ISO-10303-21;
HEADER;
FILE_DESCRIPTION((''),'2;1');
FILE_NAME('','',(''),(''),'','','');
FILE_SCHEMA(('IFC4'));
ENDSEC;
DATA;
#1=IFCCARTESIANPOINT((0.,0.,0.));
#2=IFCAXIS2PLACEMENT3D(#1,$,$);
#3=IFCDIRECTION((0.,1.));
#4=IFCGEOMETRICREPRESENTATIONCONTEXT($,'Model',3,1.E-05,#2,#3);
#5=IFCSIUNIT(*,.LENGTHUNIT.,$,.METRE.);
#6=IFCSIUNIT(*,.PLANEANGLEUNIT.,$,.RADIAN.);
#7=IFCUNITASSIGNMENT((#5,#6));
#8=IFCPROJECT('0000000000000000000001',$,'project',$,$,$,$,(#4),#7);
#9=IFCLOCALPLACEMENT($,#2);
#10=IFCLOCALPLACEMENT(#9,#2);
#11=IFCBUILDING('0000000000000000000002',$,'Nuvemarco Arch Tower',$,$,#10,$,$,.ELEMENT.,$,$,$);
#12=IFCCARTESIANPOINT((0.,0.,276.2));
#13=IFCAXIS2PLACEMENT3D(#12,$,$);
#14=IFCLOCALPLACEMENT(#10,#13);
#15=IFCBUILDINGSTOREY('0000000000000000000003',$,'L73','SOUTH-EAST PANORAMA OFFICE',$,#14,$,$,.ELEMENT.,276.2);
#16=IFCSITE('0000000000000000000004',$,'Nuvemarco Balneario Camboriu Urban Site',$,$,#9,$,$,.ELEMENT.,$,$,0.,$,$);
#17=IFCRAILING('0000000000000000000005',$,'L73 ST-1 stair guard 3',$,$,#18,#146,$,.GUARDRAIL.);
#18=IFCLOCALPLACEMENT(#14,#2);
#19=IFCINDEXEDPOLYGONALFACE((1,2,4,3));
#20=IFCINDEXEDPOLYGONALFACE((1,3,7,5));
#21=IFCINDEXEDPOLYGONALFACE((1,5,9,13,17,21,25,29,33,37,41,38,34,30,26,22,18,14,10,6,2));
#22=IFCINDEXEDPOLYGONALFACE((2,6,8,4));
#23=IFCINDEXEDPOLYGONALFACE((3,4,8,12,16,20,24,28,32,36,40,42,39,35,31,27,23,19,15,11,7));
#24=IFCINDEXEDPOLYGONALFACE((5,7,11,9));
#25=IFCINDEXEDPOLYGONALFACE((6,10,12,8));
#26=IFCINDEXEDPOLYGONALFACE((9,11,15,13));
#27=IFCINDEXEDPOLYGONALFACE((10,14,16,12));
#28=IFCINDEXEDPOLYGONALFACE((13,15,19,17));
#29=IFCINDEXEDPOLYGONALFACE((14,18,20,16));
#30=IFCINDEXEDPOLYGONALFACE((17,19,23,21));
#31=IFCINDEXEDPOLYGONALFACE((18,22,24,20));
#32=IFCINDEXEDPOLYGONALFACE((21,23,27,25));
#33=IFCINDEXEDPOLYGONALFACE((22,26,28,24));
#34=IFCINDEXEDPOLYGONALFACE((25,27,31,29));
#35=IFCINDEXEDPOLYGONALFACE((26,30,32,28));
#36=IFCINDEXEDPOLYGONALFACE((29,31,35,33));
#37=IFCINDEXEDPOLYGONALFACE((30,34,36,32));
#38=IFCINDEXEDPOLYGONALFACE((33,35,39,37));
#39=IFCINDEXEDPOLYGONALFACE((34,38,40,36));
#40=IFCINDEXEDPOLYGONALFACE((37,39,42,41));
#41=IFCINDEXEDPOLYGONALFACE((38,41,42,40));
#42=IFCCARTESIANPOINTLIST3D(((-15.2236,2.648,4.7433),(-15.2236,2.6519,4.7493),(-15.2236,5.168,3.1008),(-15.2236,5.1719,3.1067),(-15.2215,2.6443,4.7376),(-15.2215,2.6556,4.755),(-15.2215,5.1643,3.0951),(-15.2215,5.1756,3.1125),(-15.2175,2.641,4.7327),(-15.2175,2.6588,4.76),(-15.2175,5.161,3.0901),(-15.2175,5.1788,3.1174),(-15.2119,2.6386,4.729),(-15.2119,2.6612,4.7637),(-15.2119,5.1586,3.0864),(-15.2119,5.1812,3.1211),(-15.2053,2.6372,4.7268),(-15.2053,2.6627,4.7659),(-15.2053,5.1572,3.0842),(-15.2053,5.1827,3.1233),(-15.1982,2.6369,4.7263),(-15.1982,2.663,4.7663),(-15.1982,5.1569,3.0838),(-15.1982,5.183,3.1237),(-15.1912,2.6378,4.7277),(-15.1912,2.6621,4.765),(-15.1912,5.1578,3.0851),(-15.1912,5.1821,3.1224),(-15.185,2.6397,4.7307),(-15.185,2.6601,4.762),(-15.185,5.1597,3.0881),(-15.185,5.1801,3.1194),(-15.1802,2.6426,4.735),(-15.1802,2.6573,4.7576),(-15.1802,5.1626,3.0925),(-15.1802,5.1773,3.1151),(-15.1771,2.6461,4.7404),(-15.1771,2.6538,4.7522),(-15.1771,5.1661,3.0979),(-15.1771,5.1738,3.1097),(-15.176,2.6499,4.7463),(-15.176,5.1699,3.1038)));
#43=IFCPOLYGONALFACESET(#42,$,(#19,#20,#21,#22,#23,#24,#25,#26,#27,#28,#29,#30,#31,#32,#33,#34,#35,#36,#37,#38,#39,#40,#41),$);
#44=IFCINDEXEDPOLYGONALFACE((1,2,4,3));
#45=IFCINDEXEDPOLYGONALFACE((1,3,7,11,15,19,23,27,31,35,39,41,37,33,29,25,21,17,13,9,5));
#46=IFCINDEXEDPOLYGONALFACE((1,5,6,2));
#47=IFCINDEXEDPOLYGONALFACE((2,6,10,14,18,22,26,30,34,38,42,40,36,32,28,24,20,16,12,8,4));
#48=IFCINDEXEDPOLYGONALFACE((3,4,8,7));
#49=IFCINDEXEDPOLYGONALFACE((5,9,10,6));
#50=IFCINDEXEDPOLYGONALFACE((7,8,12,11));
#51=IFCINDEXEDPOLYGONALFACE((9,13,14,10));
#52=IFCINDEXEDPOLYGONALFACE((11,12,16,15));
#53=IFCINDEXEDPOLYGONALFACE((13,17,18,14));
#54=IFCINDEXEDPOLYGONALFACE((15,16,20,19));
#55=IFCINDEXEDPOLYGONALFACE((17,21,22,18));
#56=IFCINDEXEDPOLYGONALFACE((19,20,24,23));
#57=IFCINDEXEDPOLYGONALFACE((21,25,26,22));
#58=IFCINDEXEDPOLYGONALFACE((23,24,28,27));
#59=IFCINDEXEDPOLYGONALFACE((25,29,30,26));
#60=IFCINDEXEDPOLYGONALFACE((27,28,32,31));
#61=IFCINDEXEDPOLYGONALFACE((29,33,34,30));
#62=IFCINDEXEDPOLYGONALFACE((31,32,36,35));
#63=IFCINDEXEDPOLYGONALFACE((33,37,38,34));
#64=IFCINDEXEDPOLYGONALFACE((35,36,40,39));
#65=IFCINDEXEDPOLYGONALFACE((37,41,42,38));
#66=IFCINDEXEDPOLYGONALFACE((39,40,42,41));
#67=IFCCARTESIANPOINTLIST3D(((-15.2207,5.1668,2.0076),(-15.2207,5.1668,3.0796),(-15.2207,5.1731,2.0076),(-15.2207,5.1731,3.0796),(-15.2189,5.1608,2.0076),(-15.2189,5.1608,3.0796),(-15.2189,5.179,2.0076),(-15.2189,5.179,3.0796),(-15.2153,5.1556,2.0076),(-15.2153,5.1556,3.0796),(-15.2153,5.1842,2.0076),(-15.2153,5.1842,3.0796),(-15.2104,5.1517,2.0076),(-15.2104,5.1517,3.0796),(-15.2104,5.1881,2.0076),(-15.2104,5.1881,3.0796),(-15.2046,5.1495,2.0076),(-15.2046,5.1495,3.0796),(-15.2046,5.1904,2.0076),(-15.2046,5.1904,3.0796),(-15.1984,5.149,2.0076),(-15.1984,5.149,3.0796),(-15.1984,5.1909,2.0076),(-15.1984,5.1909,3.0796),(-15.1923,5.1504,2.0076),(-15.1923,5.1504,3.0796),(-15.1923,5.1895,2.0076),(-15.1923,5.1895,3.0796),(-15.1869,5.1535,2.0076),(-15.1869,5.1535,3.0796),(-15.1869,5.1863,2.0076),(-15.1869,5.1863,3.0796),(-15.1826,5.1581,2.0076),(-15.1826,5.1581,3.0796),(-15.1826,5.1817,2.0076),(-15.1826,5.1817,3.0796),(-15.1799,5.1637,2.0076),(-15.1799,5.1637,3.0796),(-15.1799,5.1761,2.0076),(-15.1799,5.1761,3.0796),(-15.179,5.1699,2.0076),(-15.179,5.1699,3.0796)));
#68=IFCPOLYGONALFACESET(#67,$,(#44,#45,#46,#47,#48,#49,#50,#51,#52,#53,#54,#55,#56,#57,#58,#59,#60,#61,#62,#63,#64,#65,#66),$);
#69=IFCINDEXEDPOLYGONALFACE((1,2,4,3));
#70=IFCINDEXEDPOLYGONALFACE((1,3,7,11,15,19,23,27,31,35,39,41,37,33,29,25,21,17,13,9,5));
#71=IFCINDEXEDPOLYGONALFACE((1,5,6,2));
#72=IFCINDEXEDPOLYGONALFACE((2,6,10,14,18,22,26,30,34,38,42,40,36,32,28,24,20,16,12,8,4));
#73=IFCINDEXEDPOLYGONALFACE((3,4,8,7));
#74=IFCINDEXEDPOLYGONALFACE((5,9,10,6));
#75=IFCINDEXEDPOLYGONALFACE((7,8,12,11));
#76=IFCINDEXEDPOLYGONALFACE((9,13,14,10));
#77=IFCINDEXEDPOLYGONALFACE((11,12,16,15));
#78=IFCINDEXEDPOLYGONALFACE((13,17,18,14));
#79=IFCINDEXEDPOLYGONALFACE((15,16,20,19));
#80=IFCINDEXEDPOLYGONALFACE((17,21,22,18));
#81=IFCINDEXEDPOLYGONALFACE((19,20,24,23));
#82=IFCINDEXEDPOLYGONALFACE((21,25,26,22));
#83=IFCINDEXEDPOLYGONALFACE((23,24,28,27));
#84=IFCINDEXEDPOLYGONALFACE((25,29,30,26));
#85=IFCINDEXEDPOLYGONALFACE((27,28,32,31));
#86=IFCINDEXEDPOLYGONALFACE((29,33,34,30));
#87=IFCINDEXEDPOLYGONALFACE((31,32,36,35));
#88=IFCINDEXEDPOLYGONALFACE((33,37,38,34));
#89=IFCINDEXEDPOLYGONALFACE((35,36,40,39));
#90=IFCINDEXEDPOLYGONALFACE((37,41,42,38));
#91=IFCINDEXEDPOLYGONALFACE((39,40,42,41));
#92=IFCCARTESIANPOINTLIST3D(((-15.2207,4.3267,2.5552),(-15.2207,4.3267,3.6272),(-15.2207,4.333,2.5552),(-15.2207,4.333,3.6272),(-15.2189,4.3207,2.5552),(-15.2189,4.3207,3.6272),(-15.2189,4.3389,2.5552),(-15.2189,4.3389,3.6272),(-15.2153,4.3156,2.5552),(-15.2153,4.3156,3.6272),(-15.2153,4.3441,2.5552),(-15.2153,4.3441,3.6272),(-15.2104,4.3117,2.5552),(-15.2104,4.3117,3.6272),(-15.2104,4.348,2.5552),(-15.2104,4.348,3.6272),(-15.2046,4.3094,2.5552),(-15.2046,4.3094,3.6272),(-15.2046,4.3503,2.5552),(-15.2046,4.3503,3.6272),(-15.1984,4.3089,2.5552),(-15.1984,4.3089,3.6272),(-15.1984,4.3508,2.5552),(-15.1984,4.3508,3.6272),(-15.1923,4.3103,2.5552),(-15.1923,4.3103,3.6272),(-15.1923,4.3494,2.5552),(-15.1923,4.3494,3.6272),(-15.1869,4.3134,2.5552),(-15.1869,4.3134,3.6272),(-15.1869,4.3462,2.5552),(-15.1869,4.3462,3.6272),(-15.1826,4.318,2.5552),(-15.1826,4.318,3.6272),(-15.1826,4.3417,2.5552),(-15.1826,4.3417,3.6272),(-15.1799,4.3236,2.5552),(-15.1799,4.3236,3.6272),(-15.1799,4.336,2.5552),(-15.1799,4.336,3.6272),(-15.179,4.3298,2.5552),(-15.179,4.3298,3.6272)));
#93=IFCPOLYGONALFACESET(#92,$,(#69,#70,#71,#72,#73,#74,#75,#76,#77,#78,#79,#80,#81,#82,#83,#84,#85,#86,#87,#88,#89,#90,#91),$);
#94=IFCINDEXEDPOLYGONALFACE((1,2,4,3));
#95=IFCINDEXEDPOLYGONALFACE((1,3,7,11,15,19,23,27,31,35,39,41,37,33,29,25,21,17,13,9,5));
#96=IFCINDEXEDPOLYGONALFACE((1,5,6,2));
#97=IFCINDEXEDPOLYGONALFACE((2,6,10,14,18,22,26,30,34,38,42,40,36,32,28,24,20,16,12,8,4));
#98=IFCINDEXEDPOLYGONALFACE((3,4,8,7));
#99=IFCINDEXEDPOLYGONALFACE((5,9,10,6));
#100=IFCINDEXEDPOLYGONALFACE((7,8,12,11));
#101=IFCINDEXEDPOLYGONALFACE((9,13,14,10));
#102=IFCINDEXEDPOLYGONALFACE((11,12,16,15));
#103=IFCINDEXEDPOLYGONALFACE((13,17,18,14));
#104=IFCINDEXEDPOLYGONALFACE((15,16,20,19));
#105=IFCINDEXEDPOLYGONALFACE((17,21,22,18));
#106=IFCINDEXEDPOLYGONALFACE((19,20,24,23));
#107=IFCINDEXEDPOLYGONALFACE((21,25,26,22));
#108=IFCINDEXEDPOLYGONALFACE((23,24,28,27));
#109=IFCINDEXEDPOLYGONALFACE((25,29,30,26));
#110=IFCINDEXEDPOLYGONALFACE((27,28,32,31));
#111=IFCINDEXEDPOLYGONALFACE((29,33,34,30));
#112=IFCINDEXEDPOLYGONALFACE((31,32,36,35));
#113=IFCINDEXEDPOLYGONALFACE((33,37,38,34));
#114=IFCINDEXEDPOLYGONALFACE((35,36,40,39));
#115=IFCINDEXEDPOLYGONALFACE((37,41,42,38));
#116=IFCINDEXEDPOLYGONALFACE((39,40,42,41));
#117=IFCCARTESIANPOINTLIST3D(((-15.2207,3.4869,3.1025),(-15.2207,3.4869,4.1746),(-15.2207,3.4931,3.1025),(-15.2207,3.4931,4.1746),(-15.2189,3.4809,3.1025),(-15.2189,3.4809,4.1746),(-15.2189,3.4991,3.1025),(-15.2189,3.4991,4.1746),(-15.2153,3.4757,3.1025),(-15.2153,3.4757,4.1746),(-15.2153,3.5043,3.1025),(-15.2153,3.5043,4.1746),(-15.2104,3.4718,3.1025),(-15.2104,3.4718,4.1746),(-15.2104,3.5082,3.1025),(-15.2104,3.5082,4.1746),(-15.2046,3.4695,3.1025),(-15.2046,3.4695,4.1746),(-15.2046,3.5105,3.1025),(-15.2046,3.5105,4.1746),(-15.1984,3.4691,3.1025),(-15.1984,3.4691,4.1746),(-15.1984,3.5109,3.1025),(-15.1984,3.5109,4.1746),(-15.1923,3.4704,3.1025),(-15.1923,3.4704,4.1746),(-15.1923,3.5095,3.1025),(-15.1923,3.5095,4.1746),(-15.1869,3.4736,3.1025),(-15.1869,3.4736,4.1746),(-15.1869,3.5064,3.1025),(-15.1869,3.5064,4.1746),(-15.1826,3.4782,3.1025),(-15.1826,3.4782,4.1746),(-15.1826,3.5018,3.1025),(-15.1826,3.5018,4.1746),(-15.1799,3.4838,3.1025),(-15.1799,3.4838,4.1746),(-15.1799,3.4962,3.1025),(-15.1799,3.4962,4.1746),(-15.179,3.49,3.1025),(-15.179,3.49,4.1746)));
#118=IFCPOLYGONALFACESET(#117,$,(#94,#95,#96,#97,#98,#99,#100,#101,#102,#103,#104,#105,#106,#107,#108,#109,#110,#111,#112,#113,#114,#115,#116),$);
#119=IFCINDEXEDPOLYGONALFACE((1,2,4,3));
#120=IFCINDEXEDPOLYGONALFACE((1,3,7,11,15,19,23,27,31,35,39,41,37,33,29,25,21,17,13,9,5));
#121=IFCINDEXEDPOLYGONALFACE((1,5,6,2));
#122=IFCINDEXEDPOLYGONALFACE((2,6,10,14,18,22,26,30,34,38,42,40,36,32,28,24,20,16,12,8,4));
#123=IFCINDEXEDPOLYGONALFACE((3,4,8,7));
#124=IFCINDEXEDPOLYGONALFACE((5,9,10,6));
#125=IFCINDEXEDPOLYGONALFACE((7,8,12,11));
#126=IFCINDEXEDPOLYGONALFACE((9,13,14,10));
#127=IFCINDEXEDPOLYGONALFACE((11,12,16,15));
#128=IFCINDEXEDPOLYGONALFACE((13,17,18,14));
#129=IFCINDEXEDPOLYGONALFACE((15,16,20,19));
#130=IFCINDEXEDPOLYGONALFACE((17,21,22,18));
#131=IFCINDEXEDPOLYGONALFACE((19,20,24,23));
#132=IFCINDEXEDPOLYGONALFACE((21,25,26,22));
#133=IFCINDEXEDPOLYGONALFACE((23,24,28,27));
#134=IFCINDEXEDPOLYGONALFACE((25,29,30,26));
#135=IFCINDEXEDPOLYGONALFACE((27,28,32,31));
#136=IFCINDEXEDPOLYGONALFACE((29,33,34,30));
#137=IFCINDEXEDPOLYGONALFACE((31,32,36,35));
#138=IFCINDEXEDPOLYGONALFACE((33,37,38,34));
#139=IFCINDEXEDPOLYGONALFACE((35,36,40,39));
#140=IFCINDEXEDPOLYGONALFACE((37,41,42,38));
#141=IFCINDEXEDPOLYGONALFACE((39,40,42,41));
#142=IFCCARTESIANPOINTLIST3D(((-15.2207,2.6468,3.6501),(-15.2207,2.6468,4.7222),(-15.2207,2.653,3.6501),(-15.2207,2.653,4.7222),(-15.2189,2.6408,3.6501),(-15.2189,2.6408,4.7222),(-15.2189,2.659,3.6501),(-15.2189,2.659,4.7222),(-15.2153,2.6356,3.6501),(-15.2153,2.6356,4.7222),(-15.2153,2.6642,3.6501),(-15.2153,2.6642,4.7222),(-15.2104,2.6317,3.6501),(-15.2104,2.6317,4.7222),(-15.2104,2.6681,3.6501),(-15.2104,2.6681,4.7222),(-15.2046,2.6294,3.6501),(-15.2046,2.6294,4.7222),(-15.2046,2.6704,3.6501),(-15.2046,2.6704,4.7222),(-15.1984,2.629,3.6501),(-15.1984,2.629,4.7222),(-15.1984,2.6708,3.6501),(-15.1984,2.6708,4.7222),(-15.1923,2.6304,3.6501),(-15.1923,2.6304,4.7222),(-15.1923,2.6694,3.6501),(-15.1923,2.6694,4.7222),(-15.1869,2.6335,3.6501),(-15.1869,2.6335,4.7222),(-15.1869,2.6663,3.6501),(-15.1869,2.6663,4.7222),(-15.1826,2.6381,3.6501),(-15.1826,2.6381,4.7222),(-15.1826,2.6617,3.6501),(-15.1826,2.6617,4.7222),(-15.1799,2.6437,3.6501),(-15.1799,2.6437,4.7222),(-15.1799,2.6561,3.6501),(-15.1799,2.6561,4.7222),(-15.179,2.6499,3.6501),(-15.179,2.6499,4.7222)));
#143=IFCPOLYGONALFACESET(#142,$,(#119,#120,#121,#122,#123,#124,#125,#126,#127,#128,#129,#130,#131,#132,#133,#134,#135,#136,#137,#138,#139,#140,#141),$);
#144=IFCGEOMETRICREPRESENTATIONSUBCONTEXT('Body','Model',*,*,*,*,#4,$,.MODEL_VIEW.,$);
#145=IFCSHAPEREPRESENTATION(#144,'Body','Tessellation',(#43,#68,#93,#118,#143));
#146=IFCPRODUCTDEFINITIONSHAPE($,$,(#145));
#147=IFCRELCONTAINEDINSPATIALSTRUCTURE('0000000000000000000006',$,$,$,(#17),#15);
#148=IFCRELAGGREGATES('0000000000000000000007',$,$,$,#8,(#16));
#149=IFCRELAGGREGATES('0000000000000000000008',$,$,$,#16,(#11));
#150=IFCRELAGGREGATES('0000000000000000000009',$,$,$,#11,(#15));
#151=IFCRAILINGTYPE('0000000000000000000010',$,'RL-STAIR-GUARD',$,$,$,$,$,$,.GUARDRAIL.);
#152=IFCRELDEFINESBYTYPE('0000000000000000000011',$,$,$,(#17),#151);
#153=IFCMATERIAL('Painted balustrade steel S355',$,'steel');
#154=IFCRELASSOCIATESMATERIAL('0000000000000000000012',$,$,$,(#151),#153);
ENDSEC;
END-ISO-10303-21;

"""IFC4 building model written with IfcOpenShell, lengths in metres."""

from ifc_helpers import new_model, si_unit, direction, frame, origin, origin_2d, place, context, subcontext, project, spatial, circle, extrude, material, type_object, element, save


model = new_model("IFC4")

# Units and contexts
model_context = context("Model", 3, precision=1e-05, world=origin(), true_north=direction((0.0, 1.0)))
body_context = subcontext(model_context, "Body", "Model", "MODEL_VIEW")
ifc_project = project(units=[si_unit("LENGTHUNIT", "METRE"), si_unit("PLANEANGLEUNIT", "RADIAN")], contexts=[model_context])

# Site, building, storey
site_placement = place(None, origin())
site = spatial("IfcSite", under=ifc_project, at=site_placement, Name="Nuvemarco Balneario Camboriu Urban Site", CompositionType="ELEMENT", RefElevation=0.0)
building_placement = place(site_placement, origin())
building = spatial("IfcBuilding", under=site, at=building_placement, Name="Nuvemarco Arch Tower", CompositionType="ELEMENT")
storey_placement = place(building_placement, frame((0.0, 0.0, 276.2)))
storey = spatial("IfcBuildingStorey", under=building, at=storey_placement, Name="L73", Description="SOUTH-EAST PANORAMA OFFICE", CompositionType="ELEMENT", Elevation=276.2)

# Railing
ifc_material_1 = material(Name="Painted balustrade steel S355", Category="steel")
railing_type_1 = type_object("IfcRailingType", Name="RL-STAIR-GUARD", PredefinedType="GUARDRAIL", material=ifc_material_1)
railing_1_placement = place(storey_placement, frame((-15.2, 5.1699, 2.0076)))
element("IfcRailing", 1, at=railing_1_placement, inside=storey, type_object=railing_type_1, Name="L73 ST-1 stair guard 3", PredefinedType="GUARDRAIL", context=body_context, shape_type="SweptSolid", body=[
    extrude(circle(Radius=0.0239, at=origin_2d()), frame((0.0, 0.0, 1.0962), z_axis=(0.0, -0.837749, 0.546055), x_axis=(1.0, 0.0, 0.0)), (0.0, 0.0, 1.0), 3.0081),
    extrude(circle(Radius=0.021, at=origin_2d()), origin(), (0.0, 0.0, 1.0), 1.072),
    extrude(circle(Radius=0.021, at=origin_2d()), frame((0.0, -0.8401, 0.5476)), (0.0, 0.0, 1.0), 1.072),
    extrude(circle(Radius=0.021, at=origin_2d()), frame((0.0, -1.6799, 1.095)), (0.0, 0.0, 1.0), 1.072),
    extrude(circle(Radius=0.021, at=origin_2d()), frame((0.0, -2.52, 1.6426)), (0.0, 0.0, 1.0), 1.072),
])

save(model, "model.ifc")
